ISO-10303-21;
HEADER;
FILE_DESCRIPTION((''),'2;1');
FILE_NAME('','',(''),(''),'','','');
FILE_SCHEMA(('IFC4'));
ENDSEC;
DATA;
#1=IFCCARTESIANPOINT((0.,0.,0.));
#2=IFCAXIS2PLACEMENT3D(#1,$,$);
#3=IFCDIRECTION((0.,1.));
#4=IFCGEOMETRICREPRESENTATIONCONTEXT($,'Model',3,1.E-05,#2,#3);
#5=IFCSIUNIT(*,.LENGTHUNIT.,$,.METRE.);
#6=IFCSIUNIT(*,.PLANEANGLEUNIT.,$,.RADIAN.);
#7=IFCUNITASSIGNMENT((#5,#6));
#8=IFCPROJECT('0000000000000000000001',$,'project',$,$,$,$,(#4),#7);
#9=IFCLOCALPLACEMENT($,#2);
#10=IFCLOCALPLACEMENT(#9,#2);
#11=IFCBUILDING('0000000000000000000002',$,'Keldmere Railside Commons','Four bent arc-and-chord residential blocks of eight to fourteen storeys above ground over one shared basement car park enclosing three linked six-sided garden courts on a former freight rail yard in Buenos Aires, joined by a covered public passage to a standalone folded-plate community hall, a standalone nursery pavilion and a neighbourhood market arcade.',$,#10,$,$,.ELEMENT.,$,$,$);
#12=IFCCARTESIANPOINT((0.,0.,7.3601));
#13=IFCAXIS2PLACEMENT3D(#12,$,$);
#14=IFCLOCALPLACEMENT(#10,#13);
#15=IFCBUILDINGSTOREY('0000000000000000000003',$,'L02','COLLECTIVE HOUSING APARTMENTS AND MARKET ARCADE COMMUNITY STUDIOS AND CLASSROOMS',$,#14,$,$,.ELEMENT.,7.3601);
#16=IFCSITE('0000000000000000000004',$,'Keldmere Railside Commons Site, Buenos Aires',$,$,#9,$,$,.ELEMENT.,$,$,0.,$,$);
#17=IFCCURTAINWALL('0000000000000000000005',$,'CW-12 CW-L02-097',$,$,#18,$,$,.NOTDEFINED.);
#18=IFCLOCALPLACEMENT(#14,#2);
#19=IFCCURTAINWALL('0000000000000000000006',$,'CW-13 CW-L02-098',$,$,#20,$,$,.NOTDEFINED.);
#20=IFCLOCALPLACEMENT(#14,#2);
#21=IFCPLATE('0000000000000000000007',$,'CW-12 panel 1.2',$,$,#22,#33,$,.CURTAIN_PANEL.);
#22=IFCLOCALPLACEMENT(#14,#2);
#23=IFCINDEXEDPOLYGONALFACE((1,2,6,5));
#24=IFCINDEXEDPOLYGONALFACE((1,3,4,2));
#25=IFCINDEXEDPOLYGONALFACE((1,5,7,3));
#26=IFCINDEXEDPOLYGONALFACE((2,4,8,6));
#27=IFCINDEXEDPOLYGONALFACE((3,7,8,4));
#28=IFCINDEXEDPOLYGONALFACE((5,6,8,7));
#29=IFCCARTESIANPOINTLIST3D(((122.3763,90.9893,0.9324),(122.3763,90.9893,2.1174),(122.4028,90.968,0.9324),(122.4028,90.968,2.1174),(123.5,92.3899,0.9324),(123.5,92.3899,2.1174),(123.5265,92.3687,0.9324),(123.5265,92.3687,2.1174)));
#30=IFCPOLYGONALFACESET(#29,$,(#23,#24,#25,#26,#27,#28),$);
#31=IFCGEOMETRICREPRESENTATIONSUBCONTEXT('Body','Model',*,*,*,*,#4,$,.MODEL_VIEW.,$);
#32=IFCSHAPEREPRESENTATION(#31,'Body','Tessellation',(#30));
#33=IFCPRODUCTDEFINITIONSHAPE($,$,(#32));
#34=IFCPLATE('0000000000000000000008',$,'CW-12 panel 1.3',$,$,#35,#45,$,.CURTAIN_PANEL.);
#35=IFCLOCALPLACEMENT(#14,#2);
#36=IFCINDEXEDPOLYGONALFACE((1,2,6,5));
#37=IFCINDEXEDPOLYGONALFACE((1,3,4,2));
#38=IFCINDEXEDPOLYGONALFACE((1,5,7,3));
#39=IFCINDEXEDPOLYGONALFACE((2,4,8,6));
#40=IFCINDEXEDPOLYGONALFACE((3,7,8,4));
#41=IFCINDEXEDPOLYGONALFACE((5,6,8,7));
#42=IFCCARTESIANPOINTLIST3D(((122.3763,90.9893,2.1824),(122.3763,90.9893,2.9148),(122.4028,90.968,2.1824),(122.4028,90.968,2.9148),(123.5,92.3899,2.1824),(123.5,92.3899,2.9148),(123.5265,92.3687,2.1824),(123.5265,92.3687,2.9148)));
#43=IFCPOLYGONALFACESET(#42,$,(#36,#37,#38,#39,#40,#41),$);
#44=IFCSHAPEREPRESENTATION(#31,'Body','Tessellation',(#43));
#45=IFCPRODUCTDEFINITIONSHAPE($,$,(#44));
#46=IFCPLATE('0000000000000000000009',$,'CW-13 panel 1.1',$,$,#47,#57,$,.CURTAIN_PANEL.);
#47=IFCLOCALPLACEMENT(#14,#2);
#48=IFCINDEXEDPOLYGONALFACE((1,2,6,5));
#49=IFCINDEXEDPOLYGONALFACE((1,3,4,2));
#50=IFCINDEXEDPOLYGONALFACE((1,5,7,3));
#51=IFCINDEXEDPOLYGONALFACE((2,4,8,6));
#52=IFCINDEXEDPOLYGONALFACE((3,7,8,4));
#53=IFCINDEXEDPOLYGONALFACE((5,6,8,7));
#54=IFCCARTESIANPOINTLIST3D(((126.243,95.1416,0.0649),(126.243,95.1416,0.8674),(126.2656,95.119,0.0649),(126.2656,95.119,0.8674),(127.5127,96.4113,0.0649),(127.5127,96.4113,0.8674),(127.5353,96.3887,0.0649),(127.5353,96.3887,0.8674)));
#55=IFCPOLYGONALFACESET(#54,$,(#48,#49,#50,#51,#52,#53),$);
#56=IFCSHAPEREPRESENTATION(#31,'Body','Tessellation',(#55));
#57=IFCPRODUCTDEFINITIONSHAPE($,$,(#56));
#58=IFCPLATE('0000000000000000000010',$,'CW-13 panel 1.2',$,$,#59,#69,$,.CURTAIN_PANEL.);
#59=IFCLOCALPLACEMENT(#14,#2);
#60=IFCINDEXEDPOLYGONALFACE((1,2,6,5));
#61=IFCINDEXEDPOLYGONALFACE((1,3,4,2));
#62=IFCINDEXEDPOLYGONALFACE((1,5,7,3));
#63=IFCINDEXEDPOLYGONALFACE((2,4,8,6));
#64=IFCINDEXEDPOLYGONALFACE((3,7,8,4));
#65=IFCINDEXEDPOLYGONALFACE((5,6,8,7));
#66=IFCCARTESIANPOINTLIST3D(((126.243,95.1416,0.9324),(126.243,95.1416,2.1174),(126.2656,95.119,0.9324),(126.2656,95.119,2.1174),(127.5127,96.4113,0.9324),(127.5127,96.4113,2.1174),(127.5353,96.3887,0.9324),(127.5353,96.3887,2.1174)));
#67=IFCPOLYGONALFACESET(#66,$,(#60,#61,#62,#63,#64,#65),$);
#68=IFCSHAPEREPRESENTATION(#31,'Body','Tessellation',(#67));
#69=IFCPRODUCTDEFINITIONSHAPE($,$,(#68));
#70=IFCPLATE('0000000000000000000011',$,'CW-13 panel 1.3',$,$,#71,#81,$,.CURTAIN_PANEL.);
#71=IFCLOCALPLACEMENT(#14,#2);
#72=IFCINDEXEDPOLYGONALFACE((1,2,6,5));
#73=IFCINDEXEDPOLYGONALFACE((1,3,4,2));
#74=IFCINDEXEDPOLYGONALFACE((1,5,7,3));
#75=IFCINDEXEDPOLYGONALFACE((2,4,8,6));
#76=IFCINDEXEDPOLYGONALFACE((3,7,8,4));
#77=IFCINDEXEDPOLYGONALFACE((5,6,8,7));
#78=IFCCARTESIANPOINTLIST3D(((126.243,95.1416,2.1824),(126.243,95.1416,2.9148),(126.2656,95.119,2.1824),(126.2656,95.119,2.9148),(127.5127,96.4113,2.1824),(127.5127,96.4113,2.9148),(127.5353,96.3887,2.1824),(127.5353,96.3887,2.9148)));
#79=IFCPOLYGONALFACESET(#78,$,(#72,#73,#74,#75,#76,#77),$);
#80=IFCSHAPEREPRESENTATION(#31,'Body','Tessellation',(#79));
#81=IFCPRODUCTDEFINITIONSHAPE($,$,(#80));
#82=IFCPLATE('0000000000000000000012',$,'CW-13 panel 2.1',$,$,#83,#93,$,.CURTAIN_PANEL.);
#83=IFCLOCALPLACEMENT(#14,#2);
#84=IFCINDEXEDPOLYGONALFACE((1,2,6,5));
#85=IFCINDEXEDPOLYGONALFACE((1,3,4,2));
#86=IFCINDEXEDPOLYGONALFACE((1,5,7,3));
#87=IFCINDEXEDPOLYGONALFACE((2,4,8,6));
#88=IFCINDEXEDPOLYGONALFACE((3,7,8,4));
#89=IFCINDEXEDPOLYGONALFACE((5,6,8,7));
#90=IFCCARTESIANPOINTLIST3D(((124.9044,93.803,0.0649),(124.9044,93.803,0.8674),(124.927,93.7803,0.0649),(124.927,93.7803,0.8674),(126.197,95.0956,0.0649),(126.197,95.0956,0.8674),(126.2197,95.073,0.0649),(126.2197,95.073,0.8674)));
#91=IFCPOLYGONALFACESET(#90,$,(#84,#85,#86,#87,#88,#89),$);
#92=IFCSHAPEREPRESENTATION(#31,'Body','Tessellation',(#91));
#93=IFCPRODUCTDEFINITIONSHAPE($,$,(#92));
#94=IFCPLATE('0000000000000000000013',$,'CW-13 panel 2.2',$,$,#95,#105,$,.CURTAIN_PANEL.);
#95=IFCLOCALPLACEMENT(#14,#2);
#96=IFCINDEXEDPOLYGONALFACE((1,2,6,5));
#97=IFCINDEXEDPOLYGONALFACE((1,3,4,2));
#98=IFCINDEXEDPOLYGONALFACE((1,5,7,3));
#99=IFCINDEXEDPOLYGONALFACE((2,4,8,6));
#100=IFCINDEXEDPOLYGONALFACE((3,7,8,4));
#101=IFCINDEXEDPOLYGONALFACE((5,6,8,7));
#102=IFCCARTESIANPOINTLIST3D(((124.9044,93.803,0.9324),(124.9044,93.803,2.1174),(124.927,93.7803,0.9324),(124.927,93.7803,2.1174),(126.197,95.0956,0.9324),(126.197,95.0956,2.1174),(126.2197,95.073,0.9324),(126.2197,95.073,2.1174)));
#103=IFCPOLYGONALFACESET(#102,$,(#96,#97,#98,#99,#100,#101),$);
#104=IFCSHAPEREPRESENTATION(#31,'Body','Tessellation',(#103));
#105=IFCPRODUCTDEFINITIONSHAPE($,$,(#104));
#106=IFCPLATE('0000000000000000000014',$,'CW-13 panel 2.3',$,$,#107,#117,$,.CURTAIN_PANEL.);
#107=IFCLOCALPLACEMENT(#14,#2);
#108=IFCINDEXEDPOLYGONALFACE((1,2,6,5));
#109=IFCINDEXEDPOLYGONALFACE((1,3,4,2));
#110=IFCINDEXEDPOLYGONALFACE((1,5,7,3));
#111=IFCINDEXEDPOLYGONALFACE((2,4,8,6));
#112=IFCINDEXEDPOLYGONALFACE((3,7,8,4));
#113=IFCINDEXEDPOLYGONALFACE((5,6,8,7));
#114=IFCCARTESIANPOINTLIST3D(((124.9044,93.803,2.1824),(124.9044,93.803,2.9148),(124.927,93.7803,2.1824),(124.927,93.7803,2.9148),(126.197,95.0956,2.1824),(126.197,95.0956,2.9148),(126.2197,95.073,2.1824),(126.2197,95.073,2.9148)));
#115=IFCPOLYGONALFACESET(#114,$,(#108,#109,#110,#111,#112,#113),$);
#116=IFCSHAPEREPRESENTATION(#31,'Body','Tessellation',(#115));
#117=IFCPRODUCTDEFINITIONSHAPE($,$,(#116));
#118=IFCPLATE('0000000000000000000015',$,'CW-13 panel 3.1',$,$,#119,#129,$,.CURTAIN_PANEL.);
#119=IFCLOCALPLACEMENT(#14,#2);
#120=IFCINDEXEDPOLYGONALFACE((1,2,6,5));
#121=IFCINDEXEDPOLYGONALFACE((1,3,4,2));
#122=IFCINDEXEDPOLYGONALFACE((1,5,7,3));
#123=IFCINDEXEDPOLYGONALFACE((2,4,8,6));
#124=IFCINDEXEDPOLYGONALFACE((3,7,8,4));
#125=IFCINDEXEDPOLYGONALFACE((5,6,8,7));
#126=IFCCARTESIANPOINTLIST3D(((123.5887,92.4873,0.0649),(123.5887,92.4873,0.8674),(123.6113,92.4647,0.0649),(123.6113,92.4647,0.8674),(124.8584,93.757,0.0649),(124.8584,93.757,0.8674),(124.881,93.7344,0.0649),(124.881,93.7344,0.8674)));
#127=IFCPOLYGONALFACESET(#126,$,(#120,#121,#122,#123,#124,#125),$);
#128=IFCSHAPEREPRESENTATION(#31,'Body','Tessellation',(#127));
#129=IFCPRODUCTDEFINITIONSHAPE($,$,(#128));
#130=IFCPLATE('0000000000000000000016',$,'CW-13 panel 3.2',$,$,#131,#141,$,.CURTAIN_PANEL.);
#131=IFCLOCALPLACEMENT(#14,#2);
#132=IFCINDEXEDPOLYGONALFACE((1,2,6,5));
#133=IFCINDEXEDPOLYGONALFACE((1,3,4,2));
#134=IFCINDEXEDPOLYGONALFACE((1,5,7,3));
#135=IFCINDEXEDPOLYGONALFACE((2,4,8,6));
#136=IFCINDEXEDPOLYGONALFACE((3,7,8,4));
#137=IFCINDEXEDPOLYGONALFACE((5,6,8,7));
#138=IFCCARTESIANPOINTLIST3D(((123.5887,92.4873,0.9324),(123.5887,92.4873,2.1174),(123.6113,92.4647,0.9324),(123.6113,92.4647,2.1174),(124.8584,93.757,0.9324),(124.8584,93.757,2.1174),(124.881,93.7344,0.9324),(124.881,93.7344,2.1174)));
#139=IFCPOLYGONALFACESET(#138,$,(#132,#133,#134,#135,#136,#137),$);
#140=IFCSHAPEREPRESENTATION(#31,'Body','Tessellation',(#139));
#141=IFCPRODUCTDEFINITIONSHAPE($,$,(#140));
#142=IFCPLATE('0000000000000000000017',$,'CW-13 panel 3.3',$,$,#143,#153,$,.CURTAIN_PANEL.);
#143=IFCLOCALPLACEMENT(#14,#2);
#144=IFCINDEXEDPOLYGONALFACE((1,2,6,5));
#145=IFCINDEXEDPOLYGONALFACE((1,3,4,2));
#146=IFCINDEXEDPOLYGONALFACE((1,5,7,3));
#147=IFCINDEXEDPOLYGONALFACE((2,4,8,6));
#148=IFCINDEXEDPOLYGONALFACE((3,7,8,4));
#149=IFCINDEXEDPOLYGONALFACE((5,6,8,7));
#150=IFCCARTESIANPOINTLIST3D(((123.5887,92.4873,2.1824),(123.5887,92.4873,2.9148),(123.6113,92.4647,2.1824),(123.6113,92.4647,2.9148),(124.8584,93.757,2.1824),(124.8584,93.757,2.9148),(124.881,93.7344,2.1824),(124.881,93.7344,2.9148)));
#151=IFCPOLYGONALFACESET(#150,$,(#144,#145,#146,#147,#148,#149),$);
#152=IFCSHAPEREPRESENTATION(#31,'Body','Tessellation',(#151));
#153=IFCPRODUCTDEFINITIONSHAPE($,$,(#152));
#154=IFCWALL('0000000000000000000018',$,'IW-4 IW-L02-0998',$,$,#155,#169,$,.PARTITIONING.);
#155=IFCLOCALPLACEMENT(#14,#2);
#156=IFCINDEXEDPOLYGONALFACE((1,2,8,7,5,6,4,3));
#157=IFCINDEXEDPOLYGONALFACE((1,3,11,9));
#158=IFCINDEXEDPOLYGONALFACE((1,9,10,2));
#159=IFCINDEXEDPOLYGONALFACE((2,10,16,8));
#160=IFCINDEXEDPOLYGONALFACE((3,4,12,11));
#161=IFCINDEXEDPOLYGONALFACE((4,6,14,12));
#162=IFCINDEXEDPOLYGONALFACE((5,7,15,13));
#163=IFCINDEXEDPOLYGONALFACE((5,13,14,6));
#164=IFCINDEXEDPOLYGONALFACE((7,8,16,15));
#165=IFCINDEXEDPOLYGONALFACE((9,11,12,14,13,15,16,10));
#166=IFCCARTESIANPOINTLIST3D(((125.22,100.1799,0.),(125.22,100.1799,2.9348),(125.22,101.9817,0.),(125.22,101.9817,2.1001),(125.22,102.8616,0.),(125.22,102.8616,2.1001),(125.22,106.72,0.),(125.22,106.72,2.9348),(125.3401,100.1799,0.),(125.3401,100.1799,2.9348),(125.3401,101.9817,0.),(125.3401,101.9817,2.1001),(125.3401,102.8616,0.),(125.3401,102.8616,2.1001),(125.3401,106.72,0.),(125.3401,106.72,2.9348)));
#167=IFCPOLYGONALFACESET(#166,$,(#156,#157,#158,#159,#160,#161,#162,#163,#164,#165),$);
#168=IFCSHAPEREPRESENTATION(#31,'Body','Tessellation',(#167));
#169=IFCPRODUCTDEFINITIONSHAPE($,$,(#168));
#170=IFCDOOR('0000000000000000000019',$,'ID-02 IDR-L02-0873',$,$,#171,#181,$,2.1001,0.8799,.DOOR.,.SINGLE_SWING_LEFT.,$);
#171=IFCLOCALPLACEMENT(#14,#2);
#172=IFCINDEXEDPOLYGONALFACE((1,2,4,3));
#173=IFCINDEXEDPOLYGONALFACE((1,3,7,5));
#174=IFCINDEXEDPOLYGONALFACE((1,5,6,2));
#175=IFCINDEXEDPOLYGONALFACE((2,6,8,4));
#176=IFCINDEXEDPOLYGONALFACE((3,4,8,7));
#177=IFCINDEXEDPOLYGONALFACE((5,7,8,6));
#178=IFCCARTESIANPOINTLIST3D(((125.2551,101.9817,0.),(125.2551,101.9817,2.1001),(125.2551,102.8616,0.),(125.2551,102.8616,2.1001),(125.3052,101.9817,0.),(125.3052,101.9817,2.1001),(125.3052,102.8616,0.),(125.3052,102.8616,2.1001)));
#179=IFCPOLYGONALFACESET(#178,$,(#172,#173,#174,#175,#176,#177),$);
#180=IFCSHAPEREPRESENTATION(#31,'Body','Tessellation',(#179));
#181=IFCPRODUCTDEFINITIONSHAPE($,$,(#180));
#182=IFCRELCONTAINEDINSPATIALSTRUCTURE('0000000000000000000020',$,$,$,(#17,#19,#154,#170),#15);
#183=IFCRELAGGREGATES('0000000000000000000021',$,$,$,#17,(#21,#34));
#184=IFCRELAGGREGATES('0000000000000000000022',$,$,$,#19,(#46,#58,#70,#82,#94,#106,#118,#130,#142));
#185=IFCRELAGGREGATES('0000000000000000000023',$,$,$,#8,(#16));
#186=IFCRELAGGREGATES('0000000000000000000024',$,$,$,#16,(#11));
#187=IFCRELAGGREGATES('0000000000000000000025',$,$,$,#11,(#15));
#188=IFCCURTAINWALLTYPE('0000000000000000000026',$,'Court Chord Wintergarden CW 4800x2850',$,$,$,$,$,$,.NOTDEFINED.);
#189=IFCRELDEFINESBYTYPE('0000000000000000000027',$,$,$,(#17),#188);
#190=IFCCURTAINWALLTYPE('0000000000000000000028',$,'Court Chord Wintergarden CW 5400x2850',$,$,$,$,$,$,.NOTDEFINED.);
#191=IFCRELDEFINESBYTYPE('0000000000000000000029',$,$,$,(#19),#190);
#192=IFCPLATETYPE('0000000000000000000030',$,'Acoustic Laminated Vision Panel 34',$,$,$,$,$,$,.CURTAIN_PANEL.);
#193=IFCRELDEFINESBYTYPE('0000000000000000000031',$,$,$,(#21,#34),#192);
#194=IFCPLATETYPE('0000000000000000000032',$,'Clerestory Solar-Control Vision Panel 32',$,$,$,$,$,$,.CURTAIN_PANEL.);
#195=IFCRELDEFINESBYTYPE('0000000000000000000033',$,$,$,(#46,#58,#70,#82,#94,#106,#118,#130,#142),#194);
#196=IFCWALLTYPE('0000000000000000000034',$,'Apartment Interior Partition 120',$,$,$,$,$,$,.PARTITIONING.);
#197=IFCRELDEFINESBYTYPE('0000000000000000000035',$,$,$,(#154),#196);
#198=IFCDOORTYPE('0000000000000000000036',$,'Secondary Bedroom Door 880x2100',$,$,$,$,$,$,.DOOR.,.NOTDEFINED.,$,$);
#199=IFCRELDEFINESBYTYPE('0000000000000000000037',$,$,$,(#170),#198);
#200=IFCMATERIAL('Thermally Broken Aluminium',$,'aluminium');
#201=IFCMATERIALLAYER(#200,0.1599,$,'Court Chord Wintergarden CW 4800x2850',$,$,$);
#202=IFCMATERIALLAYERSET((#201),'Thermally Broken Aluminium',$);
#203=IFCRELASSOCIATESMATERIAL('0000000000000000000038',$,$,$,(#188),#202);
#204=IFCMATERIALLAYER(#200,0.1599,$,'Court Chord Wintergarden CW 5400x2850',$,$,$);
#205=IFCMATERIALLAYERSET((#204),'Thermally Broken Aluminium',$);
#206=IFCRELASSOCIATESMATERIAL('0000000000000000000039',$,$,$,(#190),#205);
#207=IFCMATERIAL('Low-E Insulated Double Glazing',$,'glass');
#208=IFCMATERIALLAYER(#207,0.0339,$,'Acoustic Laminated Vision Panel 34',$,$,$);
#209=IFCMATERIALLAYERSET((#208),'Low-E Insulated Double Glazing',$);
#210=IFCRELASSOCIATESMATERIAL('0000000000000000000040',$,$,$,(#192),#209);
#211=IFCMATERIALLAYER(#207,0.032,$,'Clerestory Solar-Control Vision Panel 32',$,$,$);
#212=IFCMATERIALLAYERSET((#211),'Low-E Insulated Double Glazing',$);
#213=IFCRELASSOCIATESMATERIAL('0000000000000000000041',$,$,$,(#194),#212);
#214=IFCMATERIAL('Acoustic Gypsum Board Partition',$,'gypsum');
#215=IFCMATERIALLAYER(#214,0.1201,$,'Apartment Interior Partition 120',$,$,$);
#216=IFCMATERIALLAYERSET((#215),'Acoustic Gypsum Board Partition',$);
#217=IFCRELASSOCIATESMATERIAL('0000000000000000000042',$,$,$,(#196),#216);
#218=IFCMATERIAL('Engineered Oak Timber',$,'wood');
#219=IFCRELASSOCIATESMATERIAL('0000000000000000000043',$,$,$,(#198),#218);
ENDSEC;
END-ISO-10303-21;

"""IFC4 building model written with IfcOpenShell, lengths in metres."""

from ifc_helpers import new_model, si_unit, direction, frame, frame_2d, origin, origin_2d, place, context, subcontext, project, spatial, rectangle, extrude, material, layer, layer_set, type_object, element, fill, aggregate, save


model = new_model("IFC4")

# Units and contexts
model_context = context("Model", 3, precision=1e-05, world=origin(), true_north=direction((0.0, 1.0)))
body_context = subcontext(model_context, "Body", "Model", "MODEL_VIEW")
ifc_project = project(units=[si_unit("LENGTHUNIT", "METRE"), si_unit("PLANEANGLEUNIT", "RADIAN")], contexts=[model_context])

# Site, building, storey
site_placement = place(None, origin())
site = spatial("IfcSite", under=ifc_project, at=site_placement, Name="Keldmere Railside Commons Site, Buenos Aires", CompositionType="ELEMENT", RefElevation=0.0)
building_placement = place(site_placement, origin())
building = spatial("IfcBuilding", under=site, at=building_placement, Name="Keldmere Railside Commons", Description="Four bent arc-and-chord residential blocks of eight to fourteen storeys above ground over one shared basement car park enclosing three linked six-sided garden courts on a former freight rail yard in Buenos Aires, joined by a covered public passage to a standalone folded-plate community hall, a standalone nursery pavilion and a neighbourhood market arcade.", CompositionType="ELEMENT")
storey_placement = place(building_placement, frame((0.0, 0.0, 7.3601)))
storey = spatial("IfcBuildingStorey", under=building, at=storey_placement, Name="L02", Description="COLLECTIVE HOUSING APARTMENTS AND MARKET ARCADE COMMUNITY STUDIOS AND CLASSROOMS", CompositionType="ELEMENT", Elevation=7.3601)

# Curtain wall
ifc_material_1 = material(Name="Thermally Broken Aluminium", Category="aluminium")
ifc_layer_1 = layer(ifc_material_1, 0.1599, Name="Court Chord Wintergarden CW 4800x2850")
ifc_layer_set_1 = layer_set([ifc_layer_1], Name="Thermally Broken Aluminium")
curtain_wall_type_1 = type_object("IfcCurtainWallType", Name="Court Chord Wintergarden CW 4800x2850", PredefinedType="NOTDEFINED", material=ifc_layer_set_1)
curtain_wall_1_placement = place(storey_placement, origin())
curtain_wall_1 = element("IfcCurtainWall", 1, at=curtain_wall_1_placement, inside=storey, type_object=curtain_wall_type_1, Name="CW-12 CW-L02-097", PredefinedType="NOTDEFINED")

# Curtain wall
ifc_layer_2 = layer(ifc_material_1, 0.1599, Name="Court Chord Wintergarden CW 5400x2850")
ifc_layer_set_2 = layer_set([ifc_layer_2], Name="Thermally Broken Aluminium")
curtain_wall_type_2 = type_object("IfcCurtainWallType", Name="Court Chord Wintergarden CW 5400x2850", PredefinedType="NOTDEFINED", material=ifc_layer_set_2)
curtain_wall_2_placement = place(storey_placement, origin())
curtain_wall_2 = element("IfcCurtainWall", 2, at=curtain_wall_2_placement, inside=storey, type_object=curtain_wall_type_2, Name="CW-13 CW-L02-098", PredefinedType="NOTDEFINED")

# Plates
ifc_material_2 = material(Name="Low-E Insulated Double Glazing", Category="glass")
ifc_layer_3 = layer(ifc_material_2, 0.0339, Name="Acoustic Laminated Vision Panel 34")
ifc_layer_set_3 = layer_set([ifc_layer_3], Name="Low-E Insulated Double Glazing")
plate_type_1 = type_object("IfcPlateType", Name="Acoustic Laminated Vision Panel 34", PredefinedType="CURTAIN_PANEL", material=ifc_layer_set_3)
plate_1_placement = place(storey_placement, frame((122.9514, 91.679, 0.9324), z_axis=(0.0, 0.0, 1.0), x_axis=(-0.625768, -0.780009, 0.0)))
plate_1 = element("IfcPlate", 3, at=plate_1_placement, type_object=plate_type_1, Name="CW-12 panel 1.2", PredefinedType="CURTAIN_PANEL", context=body_context, shape_type="SweptSolid", body=[
    extrude(rectangle(XDim=1.7957, YDim=0.0339, at=origin_2d()), origin(), (0.0, 0.0, 1.0), 1.1851),
])
plate_2_placement = place(storey_placement, frame((122.9514, 91.679, 2.1824), z_axis=(0.0, 0.0, 1.0), x_axis=(-0.625768, -0.780009, 0.0)))
plate_2 = element("IfcPlate", 4, at=plate_2_placement, type_object=plate_type_1, Name="CW-12 panel 1.3", PredefinedType="CURTAIN_PANEL", context=body_context, shape_type="SweptSolid", body=[
    extrude(rectangle(XDim=1.7957, YDim=0.0339, at=origin_2d()), origin(), (0.0, 0.0, 1.0), 0.7324),
])
aggregate(curtain_wall_1, [plate_1, plate_2])
ifc_layer_4 = layer(ifc_material_2, 0.032, Name="Clerestory Solar-Control Vision Panel 32")
ifc_layer_set_4 = layer_set([ifc_layer_4], Name="Low-E Insulated Double Glazing")
plate_type_2 = type_object("IfcPlateType", Name="Clerestory Solar-Control Vision Panel 32", PredefinedType="CURTAIN_PANEL", material=ifc_layer_set_4)
plate_3_placement = place(storey_placement, frame((126.8892, 95.7651, 0.0649), z_axis=(0.0, 0.0, 1.0), x_axis=(-0.707107, -0.707107, 0.0)))
plate_3 = element("IfcPlate", 5, at=plate_3_placement, type_object=plate_type_2, Name="CW-13 panel 1.1", PredefinedType="CURTAIN_PANEL", context=body_context, shape_type="SweptSolid", body=[
    extrude(rectangle(XDim=1.7957, YDim=0.032, at=origin_2d()), origin(), (0.0, 0.0, 1.0), 0.8025),
])
plate_4_placement = place(storey_placement, frame((126.8892, 95.7651, 0.9324), z_axis=(0.0, 0.0, 1.0), x_axis=(-0.707107, -0.707107, 0.0)))
plate_4 = element("IfcPlate", 6, at=plate_4_placement, type_object=plate_type_2, Name="CW-13 panel 1.2", PredefinedType="CURTAIN_PANEL", context=body_context, shape_type="SweptSolid", body=[
    extrude(rectangle(XDim=1.7957, YDim=0.032, at=origin_2d()), origin(), (0.0, 0.0, 1.0), 1.1851),
])
plate_5_placement = place(storey_placement, frame((126.8892, 95.7651, 2.1824), z_axis=(0.0, 0.0, 1.0), x_axis=(-0.707107, -0.707107, 0.0)))
plate_5 = element("IfcPlate", 7, at=plate_5_placement, type_object=plate_type_2, Name="CW-13 panel 1.3", PredefinedType="CURTAIN_PANEL", context=body_context, shape_type="SweptSolid", body=[
    extrude(rectangle(XDim=1.7957, YDim=0.032, at=origin_2d()), origin(), (0.0, 0.0, 1.0), 0.7324),
])
plate_6_placement = place(storey_placement, frame((125.562, 94.438, 0.0649), z_axis=(0.0, 0.0, 1.0), x_axis=(-0.707107, -0.707107, 0.0)))
plate_6 = element("IfcPlate", 8, at=plate_6_placement, type_object=plate_type_2, Name="CW-13 panel 2.1", PredefinedType="CURTAIN_PANEL", context=body_context, shape_type="SweptSolid", body=[
    extrude(rectangle(XDim=1.8281, YDim=0.032, at=origin_2d()), origin(), (0.0, 0.0, 1.0), 0.8025),
])
plate_7_placement = place(storey_placement, frame((125.562, 94.438, 0.9324), z_axis=(0.0, 0.0, 1.0), x_axis=(-0.707107, -0.707107, 0.0)))
plate_7 = element("IfcPlate", 9, at=plate_7_placement, type_object=plate_type_2, Name="CW-13 panel 2.2", PredefinedType="CURTAIN_PANEL", context=body_context, shape_type="SweptSolid", body=[
    extrude(rectangle(XDim=1.8281, YDim=0.032, at=origin_2d()), origin(), (0.0, 0.0, 1.0), 1.1851),
])
plate_8_placement = place(storey_placement, frame((125.562, 94.438, 2.1824), z_axis=(0.0, 0.0, 1.0), x_axis=(-0.707107, -0.707107, 0.0)))
plate_8 = element("IfcPlate", 10, at=plate_8_placement, type_object=plate_type_2, Name="CW-13 panel 2.3", PredefinedType="CURTAIN_PANEL", context=body_context, shape_type="SweptSolid", body=[
    extrude(rectangle(XDim=1.8281, YDim=0.032, at=origin_2d()), origin(), (0.0, 0.0, 1.0), 0.7324),
])
plate_9_placement = place(storey_placement, frame((124.2349, 93.1108, 0.0649), z_axis=(0.0, 0.0, 1.0), x_axis=(-0.707107, -0.707107, 0.0)))
plate_9 = element("IfcPlate", 11, at=plate_9_placement, type_object=plate_type_2, Name="CW-13 panel 3.1", PredefinedType="CURTAIN_PANEL", context=body_context, shape_type="SweptSolid", body=[
    extrude(rectangle(XDim=1.7957, YDim=0.032, at=origin_2d()), origin(), (0.0, 0.0, 1.0), 0.8025),
])
plate_10_placement = place(storey_placement, frame((124.2349, 93.1108, 0.9324), z_axis=(0.0, 0.0, 1.0), x_axis=(-0.707107, -0.707107, 0.0)))
plate_10 = element("IfcPlate", 12, at=plate_10_placement, type_object=plate_type_2, Name="CW-13 panel 3.2", PredefinedType="CURTAIN_PANEL", context=body_context, shape_type="SweptSolid", body=[
    extrude(rectangle(XDim=1.7957, YDim=0.032, at=origin_2d()), origin(), (0.0, 0.0, 1.0), 1.1851),
])
plate_11_placement = place(storey_placement, frame((124.2349, 93.1108, 2.1824), z_axis=(0.0, 0.0, 1.0), x_axis=(-0.707107, -0.707107, 0.0)))
plate_11 = element("IfcPlate", 13, at=plate_11_placement, type_object=plate_type_2, Name="CW-13 panel 3.3", PredefinedType="CURTAIN_PANEL", context=body_context, shape_type="SweptSolid", body=[
    extrude(rectangle(XDim=1.7957, YDim=0.032, at=origin_2d()), origin(), (0.0, 0.0, 1.0), 0.7324),
])
aggregate(curtain_wall_2, [plate_3, plate_4, plate_5, plate_6, plate_7, plate_8, plate_9, plate_10, plate_11])

# Wall, opening, door
ifc_material_3 = material(Name="Acoustic Gypsum Board Partition", Category="gypsum")
ifc_layer_5 = layer(ifc_material_3, 0.1201, Name="Apartment Interior Partition 120")
ifc_layer_set_5 = layer_set([ifc_layer_5], Name="Acoustic Gypsum Board Partition")
wall_type = type_object("IfcWallType", Name="Apartment Interior Partition 120", PredefinedType="PARTITIONING", material=ifc_layer_set_5)
wall_placement = place(storey_placement, frame((125.28, 100.1799, 0.0), z_axis=(0.0, 0.0, 1.0), x_axis=(0.0, 1.0, 0.0)))
wall = element("IfcWall", 14, at=wall_placement, inside=storey, type_object=wall_type, Name="IW-4 IW-L02-0998", PredefinedType="PARTITIONING", context=body_context, shape_type="SweptSolid", body=[
    extrude(rectangle(XDim=6.54, YDim=0.1201, at=frame_2d((3.27, 0.0))), origin(), (0.0, 0.0, 1.0), 2.9348),
])
opening_placement = place(wall_placement, frame((1.8018, 0.0, 0.0)))
opening = element("IfcOpeningElement", 15, at=opening_placement, cuts=wall, PredefinedType="OPENING", context=body_context, shape_type="SweptSolid", body=[
    extrude(rectangle(XDim=0.8799, YDim=2.1001, at=frame_2d((0.4399, 1.05))), frame((0.0, 0.0701, 0.0), z_axis=(0.0, -1.0, 0.0), x_axis=(1.0, 0.0, 0.0)), (0.0, 0.0, 1.0), 0.1401),
])
ifc_material_4 = material(Name="Engineered Oak Timber", Category="wood")
door_type = type_object("IfcDoorType", Name="Secondary Bedroom Door 880x2100", OperationType="NOTDEFINED", PredefinedType="DOOR", material=ifc_material_4)
door_placement = place(opening_placement, origin())
door = element("IfcDoor", 16, at=door_placement, inside=storey, type_object=door_type, Name="ID-02 IDR-L02-0873", OperationType="SINGLE_SWING_LEFT", OverallHeight=2.1001, OverallWidth=0.8799, PredefinedType="DOOR", context=body_context, shape_type="SweptSolid", body=[
    extrude(rectangle(XDim=0.8799, YDim=2.1001, at=frame_2d((0.4399, 1.05))), frame((0.0, 0.0249, 0.0), z_axis=(0.0, -1.0, 0.0), x_axis=(1.0, 0.0, 0.0)), (0.0, 0.0, 1.0), 0.05),
])
fill(opening, door)

save(model, "model.ifc")
